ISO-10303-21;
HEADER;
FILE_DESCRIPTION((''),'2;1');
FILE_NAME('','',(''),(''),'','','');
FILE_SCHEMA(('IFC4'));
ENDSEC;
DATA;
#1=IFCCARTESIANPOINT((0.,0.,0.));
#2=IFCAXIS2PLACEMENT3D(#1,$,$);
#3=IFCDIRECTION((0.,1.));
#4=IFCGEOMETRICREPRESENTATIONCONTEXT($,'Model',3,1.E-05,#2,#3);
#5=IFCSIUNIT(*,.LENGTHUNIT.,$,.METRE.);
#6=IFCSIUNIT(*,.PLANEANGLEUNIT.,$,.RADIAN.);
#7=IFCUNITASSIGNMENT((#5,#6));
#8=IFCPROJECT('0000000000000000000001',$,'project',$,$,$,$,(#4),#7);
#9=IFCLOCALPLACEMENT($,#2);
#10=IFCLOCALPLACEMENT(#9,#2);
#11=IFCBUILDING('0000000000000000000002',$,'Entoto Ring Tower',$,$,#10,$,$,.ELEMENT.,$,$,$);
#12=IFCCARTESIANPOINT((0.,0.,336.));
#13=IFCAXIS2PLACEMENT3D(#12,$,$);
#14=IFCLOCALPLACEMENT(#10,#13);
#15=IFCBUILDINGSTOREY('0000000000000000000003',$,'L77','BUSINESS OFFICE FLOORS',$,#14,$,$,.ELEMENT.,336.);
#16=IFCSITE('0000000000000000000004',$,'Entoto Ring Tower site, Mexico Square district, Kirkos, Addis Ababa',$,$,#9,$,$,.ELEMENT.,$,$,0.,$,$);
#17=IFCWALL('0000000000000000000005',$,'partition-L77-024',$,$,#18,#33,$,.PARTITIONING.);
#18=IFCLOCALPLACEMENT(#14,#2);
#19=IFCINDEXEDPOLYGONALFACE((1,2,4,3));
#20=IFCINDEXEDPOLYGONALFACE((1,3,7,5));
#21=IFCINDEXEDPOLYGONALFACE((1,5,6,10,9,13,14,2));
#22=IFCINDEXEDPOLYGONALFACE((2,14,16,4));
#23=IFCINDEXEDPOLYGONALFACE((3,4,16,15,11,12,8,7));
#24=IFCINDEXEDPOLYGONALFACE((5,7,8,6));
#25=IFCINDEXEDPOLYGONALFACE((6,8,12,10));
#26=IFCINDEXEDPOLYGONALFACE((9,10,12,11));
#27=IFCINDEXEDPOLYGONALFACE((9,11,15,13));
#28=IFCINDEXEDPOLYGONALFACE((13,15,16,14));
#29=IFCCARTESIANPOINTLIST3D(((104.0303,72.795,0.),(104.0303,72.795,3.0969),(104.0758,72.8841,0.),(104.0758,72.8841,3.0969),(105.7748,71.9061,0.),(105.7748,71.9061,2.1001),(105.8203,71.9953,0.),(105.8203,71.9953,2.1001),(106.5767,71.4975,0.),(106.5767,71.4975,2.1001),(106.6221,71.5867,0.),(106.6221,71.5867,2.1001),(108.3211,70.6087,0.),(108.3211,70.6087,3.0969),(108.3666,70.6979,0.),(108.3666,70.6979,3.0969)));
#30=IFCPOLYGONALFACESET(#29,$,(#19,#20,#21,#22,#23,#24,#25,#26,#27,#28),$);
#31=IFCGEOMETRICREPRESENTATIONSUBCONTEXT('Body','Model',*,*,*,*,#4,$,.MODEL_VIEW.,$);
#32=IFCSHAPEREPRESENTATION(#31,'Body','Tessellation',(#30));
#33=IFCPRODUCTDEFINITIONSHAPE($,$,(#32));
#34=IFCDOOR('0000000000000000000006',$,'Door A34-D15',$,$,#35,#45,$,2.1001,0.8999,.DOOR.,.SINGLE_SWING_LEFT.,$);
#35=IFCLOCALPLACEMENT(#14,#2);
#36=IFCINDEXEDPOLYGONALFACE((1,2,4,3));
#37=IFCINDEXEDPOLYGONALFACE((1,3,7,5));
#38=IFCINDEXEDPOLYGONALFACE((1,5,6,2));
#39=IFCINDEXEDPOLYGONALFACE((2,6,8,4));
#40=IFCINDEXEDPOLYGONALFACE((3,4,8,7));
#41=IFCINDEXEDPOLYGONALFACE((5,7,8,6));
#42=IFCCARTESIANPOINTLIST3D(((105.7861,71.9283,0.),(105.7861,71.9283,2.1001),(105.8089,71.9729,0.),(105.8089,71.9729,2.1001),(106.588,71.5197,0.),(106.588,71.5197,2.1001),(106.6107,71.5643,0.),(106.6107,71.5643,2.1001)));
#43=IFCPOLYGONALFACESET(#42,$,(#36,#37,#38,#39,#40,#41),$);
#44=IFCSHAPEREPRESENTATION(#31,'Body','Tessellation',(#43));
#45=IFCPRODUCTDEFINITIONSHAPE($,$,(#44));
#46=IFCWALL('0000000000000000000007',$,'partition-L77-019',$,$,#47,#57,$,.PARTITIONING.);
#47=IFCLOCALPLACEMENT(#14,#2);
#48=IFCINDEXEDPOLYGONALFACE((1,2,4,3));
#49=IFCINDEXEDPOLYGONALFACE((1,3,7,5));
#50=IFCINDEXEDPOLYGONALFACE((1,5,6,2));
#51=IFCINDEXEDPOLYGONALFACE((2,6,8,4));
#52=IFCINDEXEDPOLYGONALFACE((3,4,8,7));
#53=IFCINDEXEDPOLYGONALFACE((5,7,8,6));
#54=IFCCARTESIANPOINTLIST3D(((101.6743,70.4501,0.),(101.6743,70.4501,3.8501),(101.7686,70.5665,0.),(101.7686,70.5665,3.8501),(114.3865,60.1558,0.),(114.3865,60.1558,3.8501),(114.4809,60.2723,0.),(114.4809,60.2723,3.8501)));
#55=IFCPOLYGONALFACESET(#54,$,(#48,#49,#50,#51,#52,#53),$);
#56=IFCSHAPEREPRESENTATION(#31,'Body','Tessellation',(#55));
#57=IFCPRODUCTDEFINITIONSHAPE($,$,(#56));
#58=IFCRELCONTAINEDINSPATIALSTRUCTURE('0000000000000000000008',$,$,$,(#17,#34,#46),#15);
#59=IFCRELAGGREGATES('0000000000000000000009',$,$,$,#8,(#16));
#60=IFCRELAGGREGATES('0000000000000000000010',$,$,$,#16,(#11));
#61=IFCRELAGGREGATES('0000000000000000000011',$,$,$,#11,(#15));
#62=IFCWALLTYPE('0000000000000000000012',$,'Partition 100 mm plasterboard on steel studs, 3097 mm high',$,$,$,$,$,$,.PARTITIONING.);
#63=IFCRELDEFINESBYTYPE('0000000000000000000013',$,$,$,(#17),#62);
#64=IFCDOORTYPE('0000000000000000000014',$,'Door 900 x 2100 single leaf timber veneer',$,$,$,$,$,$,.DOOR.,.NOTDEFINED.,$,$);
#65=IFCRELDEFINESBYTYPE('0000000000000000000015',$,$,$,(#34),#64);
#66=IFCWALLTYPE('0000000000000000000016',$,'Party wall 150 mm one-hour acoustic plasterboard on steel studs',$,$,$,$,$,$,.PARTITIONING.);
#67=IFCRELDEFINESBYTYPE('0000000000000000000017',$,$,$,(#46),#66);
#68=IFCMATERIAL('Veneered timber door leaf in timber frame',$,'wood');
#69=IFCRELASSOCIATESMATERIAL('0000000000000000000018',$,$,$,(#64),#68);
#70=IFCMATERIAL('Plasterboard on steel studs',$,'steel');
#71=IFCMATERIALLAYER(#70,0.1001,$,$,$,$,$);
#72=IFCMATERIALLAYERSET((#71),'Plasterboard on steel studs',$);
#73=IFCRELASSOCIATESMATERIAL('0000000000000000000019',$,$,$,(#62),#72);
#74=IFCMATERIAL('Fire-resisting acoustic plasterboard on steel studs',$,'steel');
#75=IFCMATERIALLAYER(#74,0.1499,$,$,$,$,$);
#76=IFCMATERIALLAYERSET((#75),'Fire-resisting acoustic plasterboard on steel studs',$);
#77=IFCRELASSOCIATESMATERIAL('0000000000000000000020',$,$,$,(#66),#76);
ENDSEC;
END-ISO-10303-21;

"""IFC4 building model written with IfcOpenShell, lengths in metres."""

from ifc_helpers import new_model, si_unit, direction, frame, frame_2d, origin, place, context, subcontext, project, spatial, rectangle, extrude, material, layer, layer_set, type_object, element, fill, save


model = new_model("IFC4")

# Units and contexts
model_context = context("Model", 3, precision=1e-05, world=origin(), true_north=direction((0.0, 1.0)))
body_context = subcontext(model_context, "Body", "Model", "MODEL_VIEW")
ifc_project = project(units=[si_unit("LENGTHUNIT", "METRE"), si_unit("PLANEANGLEUNIT", "RADIAN")], contexts=[model_context])

# Site, building, storey
site_placement = place(None, origin())
site = spatial("IfcSite", under=ifc_project, at=site_placement, Name="Entoto Ring Tower site, Mexico Square district, Kirkos, Addis Ababa", CompositionType="ELEMENT", RefElevation=0.0)
building_placement = place(site_placement, origin())
building = spatial("IfcBuilding", under=site, at=building_placement, Name="Entoto Ring Tower", CompositionType="ELEMENT")
storey_placement = place(building_placement, frame((0.0, 0.0, 336.0)))
storey = spatial("IfcBuildingStorey", under=building, at=storey_placement, Name="L77", Description="BUSINESS OFFICE FLOORS", CompositionType="ELEMENT", Elevation=336.0)

# Shared definitions
ifc_material_1 = material(Name="Veneered timber door leaf in timber frame", Category="wood")
door_type_1 = type_object("IfcDoorType", Name="Door 900 x 2100 single leaf timber veneer", OperationType="NOTDEFINED", PredefinedType="DOOR", material=ifc_material_1)

# Wall, opening, door
ifc_material_2 = material(Name="Plasterboard on steel studs", Category="steel")
ifc_layer_1 = layer(ifc_material_2, 0.1001)
ifc_layer_set_1 = layer_set([ifc_layer_1], Name="Plasterboard on steel studs")
wall_type_1 = type_object("IfcWallType", Name="Partition 100 mm plasterboard on steel studs, 3097 mm high", PredefinedType="PARTITIONING", material=ifc_layer_set_1)
wall_1_placement = place(storey_placement, frame((108.3438, 70.6533, 0.0), z_axis=(0.0, 0.0, 1.0), x_axis=(-0.891005, 0.453994, 0.0)))
wall_1 = element("IfcWall", 1, at=wall_1_placement, inside=storey, type_object=wall_type_1, Name="partition-L77-024", PredefinedType="PARTITIONING", context=body_context, shape_type="SweptSolid", body=[
    extrude(rectangle(XDim=4.8157, YDim=0.1001, at=frame_2d((2.4077, 0.0))), origin(), (0.0, 0.0, 1.0), 3.0969),
])
opening_1_placement = place(wall_1_placement, frame((1.9578, 0.0, 0.0)))
opening_1 = element("IfcOpeningElement", 2, at=opening_1_placement, cuts=wall_1, PredefinedType="OPENING", context=body_context, shape_type="SweptSolid", body=[
    extrude(rectangle(XDim=0.8999, YDim=2.1001, at=frame_2d((0.45, 1.05))), frame((0.0, 0.0601, 0.0), z_axis=(0.0, -1.0, 0.0), x_axis=(1.0, 0.0, 0.0)), (0.0, 0.0, 1.0), 0.1201),
])
door_1_placement = place(opening_1_placement, frame((0.8999, 0.0, 0.0), z_axis=(0.0, 0.0, 1.0), x_axis=(-1.0, 0.0, 0.0)))
door_1 = element("IfcDoor", 3, at=door_1_placement, inside=storey, type_object=door_type_1, Name="Door A34-D15", OperationType="SINGLE_SWING_LEFT", OverallHeight=2.1001, OverallWidth=0.8999, PredefinedType="DOOR", context=body_context, shape_type="SweptSolid", body=[
    extrude(rectangle(XDim=0.8999, YDim=2.1001, at=frame_2d((0.45, 1.05))), frame((0.0, 0.0249, 0.0), z_axis=(0.0, -1.0, 0.0), x_axis=(1.0, 0.0, 0.0)), (0.0, 0.0, 1.0), 0.05),
])
fill(opening_1, door_1)

# Wall
ifc_material_3 = material(Name="Fire-resisting acoustic plasterboard on steel studs", Category="steel")
ifc_layer_2 = layer(ifc_material_3, 0.1499)
ifc_layer_set_2 = layer_set([ifc_layer_2], Name="Fire-resisting acoustic plasterboard on steel studs")
wall_type_2 = type_object("IfcWallType", Name="Party wall 150 mm one-hour acoustic plasterboard on steel studs", PredefinedType="PARTITIONING", material=ifc_layer_set_2)
wall_2_placement = place(storey_placement, frame((114.4336, 60.2141, 0.0), z_axis=(0.0, 0.0, 1.0), x_axis=(-0.777143, 0.629324, 0.0)))
element("IfcWall", 4, at=wall_2_placement, inside=storey, type_object=wall_type_2, Name="partition-L77-019", PredefinedType="PARTITIONING", context=body_context, shape_type="SweptSolid", body=[
    extrude(rectangle(XDim=16.3577, YDim=0.1499, at=frame_2d((8.1787, 0.0))), origin(), (0.0, 0.0, 1.0), 3.8501),
])

save(model, "model.ifc")
